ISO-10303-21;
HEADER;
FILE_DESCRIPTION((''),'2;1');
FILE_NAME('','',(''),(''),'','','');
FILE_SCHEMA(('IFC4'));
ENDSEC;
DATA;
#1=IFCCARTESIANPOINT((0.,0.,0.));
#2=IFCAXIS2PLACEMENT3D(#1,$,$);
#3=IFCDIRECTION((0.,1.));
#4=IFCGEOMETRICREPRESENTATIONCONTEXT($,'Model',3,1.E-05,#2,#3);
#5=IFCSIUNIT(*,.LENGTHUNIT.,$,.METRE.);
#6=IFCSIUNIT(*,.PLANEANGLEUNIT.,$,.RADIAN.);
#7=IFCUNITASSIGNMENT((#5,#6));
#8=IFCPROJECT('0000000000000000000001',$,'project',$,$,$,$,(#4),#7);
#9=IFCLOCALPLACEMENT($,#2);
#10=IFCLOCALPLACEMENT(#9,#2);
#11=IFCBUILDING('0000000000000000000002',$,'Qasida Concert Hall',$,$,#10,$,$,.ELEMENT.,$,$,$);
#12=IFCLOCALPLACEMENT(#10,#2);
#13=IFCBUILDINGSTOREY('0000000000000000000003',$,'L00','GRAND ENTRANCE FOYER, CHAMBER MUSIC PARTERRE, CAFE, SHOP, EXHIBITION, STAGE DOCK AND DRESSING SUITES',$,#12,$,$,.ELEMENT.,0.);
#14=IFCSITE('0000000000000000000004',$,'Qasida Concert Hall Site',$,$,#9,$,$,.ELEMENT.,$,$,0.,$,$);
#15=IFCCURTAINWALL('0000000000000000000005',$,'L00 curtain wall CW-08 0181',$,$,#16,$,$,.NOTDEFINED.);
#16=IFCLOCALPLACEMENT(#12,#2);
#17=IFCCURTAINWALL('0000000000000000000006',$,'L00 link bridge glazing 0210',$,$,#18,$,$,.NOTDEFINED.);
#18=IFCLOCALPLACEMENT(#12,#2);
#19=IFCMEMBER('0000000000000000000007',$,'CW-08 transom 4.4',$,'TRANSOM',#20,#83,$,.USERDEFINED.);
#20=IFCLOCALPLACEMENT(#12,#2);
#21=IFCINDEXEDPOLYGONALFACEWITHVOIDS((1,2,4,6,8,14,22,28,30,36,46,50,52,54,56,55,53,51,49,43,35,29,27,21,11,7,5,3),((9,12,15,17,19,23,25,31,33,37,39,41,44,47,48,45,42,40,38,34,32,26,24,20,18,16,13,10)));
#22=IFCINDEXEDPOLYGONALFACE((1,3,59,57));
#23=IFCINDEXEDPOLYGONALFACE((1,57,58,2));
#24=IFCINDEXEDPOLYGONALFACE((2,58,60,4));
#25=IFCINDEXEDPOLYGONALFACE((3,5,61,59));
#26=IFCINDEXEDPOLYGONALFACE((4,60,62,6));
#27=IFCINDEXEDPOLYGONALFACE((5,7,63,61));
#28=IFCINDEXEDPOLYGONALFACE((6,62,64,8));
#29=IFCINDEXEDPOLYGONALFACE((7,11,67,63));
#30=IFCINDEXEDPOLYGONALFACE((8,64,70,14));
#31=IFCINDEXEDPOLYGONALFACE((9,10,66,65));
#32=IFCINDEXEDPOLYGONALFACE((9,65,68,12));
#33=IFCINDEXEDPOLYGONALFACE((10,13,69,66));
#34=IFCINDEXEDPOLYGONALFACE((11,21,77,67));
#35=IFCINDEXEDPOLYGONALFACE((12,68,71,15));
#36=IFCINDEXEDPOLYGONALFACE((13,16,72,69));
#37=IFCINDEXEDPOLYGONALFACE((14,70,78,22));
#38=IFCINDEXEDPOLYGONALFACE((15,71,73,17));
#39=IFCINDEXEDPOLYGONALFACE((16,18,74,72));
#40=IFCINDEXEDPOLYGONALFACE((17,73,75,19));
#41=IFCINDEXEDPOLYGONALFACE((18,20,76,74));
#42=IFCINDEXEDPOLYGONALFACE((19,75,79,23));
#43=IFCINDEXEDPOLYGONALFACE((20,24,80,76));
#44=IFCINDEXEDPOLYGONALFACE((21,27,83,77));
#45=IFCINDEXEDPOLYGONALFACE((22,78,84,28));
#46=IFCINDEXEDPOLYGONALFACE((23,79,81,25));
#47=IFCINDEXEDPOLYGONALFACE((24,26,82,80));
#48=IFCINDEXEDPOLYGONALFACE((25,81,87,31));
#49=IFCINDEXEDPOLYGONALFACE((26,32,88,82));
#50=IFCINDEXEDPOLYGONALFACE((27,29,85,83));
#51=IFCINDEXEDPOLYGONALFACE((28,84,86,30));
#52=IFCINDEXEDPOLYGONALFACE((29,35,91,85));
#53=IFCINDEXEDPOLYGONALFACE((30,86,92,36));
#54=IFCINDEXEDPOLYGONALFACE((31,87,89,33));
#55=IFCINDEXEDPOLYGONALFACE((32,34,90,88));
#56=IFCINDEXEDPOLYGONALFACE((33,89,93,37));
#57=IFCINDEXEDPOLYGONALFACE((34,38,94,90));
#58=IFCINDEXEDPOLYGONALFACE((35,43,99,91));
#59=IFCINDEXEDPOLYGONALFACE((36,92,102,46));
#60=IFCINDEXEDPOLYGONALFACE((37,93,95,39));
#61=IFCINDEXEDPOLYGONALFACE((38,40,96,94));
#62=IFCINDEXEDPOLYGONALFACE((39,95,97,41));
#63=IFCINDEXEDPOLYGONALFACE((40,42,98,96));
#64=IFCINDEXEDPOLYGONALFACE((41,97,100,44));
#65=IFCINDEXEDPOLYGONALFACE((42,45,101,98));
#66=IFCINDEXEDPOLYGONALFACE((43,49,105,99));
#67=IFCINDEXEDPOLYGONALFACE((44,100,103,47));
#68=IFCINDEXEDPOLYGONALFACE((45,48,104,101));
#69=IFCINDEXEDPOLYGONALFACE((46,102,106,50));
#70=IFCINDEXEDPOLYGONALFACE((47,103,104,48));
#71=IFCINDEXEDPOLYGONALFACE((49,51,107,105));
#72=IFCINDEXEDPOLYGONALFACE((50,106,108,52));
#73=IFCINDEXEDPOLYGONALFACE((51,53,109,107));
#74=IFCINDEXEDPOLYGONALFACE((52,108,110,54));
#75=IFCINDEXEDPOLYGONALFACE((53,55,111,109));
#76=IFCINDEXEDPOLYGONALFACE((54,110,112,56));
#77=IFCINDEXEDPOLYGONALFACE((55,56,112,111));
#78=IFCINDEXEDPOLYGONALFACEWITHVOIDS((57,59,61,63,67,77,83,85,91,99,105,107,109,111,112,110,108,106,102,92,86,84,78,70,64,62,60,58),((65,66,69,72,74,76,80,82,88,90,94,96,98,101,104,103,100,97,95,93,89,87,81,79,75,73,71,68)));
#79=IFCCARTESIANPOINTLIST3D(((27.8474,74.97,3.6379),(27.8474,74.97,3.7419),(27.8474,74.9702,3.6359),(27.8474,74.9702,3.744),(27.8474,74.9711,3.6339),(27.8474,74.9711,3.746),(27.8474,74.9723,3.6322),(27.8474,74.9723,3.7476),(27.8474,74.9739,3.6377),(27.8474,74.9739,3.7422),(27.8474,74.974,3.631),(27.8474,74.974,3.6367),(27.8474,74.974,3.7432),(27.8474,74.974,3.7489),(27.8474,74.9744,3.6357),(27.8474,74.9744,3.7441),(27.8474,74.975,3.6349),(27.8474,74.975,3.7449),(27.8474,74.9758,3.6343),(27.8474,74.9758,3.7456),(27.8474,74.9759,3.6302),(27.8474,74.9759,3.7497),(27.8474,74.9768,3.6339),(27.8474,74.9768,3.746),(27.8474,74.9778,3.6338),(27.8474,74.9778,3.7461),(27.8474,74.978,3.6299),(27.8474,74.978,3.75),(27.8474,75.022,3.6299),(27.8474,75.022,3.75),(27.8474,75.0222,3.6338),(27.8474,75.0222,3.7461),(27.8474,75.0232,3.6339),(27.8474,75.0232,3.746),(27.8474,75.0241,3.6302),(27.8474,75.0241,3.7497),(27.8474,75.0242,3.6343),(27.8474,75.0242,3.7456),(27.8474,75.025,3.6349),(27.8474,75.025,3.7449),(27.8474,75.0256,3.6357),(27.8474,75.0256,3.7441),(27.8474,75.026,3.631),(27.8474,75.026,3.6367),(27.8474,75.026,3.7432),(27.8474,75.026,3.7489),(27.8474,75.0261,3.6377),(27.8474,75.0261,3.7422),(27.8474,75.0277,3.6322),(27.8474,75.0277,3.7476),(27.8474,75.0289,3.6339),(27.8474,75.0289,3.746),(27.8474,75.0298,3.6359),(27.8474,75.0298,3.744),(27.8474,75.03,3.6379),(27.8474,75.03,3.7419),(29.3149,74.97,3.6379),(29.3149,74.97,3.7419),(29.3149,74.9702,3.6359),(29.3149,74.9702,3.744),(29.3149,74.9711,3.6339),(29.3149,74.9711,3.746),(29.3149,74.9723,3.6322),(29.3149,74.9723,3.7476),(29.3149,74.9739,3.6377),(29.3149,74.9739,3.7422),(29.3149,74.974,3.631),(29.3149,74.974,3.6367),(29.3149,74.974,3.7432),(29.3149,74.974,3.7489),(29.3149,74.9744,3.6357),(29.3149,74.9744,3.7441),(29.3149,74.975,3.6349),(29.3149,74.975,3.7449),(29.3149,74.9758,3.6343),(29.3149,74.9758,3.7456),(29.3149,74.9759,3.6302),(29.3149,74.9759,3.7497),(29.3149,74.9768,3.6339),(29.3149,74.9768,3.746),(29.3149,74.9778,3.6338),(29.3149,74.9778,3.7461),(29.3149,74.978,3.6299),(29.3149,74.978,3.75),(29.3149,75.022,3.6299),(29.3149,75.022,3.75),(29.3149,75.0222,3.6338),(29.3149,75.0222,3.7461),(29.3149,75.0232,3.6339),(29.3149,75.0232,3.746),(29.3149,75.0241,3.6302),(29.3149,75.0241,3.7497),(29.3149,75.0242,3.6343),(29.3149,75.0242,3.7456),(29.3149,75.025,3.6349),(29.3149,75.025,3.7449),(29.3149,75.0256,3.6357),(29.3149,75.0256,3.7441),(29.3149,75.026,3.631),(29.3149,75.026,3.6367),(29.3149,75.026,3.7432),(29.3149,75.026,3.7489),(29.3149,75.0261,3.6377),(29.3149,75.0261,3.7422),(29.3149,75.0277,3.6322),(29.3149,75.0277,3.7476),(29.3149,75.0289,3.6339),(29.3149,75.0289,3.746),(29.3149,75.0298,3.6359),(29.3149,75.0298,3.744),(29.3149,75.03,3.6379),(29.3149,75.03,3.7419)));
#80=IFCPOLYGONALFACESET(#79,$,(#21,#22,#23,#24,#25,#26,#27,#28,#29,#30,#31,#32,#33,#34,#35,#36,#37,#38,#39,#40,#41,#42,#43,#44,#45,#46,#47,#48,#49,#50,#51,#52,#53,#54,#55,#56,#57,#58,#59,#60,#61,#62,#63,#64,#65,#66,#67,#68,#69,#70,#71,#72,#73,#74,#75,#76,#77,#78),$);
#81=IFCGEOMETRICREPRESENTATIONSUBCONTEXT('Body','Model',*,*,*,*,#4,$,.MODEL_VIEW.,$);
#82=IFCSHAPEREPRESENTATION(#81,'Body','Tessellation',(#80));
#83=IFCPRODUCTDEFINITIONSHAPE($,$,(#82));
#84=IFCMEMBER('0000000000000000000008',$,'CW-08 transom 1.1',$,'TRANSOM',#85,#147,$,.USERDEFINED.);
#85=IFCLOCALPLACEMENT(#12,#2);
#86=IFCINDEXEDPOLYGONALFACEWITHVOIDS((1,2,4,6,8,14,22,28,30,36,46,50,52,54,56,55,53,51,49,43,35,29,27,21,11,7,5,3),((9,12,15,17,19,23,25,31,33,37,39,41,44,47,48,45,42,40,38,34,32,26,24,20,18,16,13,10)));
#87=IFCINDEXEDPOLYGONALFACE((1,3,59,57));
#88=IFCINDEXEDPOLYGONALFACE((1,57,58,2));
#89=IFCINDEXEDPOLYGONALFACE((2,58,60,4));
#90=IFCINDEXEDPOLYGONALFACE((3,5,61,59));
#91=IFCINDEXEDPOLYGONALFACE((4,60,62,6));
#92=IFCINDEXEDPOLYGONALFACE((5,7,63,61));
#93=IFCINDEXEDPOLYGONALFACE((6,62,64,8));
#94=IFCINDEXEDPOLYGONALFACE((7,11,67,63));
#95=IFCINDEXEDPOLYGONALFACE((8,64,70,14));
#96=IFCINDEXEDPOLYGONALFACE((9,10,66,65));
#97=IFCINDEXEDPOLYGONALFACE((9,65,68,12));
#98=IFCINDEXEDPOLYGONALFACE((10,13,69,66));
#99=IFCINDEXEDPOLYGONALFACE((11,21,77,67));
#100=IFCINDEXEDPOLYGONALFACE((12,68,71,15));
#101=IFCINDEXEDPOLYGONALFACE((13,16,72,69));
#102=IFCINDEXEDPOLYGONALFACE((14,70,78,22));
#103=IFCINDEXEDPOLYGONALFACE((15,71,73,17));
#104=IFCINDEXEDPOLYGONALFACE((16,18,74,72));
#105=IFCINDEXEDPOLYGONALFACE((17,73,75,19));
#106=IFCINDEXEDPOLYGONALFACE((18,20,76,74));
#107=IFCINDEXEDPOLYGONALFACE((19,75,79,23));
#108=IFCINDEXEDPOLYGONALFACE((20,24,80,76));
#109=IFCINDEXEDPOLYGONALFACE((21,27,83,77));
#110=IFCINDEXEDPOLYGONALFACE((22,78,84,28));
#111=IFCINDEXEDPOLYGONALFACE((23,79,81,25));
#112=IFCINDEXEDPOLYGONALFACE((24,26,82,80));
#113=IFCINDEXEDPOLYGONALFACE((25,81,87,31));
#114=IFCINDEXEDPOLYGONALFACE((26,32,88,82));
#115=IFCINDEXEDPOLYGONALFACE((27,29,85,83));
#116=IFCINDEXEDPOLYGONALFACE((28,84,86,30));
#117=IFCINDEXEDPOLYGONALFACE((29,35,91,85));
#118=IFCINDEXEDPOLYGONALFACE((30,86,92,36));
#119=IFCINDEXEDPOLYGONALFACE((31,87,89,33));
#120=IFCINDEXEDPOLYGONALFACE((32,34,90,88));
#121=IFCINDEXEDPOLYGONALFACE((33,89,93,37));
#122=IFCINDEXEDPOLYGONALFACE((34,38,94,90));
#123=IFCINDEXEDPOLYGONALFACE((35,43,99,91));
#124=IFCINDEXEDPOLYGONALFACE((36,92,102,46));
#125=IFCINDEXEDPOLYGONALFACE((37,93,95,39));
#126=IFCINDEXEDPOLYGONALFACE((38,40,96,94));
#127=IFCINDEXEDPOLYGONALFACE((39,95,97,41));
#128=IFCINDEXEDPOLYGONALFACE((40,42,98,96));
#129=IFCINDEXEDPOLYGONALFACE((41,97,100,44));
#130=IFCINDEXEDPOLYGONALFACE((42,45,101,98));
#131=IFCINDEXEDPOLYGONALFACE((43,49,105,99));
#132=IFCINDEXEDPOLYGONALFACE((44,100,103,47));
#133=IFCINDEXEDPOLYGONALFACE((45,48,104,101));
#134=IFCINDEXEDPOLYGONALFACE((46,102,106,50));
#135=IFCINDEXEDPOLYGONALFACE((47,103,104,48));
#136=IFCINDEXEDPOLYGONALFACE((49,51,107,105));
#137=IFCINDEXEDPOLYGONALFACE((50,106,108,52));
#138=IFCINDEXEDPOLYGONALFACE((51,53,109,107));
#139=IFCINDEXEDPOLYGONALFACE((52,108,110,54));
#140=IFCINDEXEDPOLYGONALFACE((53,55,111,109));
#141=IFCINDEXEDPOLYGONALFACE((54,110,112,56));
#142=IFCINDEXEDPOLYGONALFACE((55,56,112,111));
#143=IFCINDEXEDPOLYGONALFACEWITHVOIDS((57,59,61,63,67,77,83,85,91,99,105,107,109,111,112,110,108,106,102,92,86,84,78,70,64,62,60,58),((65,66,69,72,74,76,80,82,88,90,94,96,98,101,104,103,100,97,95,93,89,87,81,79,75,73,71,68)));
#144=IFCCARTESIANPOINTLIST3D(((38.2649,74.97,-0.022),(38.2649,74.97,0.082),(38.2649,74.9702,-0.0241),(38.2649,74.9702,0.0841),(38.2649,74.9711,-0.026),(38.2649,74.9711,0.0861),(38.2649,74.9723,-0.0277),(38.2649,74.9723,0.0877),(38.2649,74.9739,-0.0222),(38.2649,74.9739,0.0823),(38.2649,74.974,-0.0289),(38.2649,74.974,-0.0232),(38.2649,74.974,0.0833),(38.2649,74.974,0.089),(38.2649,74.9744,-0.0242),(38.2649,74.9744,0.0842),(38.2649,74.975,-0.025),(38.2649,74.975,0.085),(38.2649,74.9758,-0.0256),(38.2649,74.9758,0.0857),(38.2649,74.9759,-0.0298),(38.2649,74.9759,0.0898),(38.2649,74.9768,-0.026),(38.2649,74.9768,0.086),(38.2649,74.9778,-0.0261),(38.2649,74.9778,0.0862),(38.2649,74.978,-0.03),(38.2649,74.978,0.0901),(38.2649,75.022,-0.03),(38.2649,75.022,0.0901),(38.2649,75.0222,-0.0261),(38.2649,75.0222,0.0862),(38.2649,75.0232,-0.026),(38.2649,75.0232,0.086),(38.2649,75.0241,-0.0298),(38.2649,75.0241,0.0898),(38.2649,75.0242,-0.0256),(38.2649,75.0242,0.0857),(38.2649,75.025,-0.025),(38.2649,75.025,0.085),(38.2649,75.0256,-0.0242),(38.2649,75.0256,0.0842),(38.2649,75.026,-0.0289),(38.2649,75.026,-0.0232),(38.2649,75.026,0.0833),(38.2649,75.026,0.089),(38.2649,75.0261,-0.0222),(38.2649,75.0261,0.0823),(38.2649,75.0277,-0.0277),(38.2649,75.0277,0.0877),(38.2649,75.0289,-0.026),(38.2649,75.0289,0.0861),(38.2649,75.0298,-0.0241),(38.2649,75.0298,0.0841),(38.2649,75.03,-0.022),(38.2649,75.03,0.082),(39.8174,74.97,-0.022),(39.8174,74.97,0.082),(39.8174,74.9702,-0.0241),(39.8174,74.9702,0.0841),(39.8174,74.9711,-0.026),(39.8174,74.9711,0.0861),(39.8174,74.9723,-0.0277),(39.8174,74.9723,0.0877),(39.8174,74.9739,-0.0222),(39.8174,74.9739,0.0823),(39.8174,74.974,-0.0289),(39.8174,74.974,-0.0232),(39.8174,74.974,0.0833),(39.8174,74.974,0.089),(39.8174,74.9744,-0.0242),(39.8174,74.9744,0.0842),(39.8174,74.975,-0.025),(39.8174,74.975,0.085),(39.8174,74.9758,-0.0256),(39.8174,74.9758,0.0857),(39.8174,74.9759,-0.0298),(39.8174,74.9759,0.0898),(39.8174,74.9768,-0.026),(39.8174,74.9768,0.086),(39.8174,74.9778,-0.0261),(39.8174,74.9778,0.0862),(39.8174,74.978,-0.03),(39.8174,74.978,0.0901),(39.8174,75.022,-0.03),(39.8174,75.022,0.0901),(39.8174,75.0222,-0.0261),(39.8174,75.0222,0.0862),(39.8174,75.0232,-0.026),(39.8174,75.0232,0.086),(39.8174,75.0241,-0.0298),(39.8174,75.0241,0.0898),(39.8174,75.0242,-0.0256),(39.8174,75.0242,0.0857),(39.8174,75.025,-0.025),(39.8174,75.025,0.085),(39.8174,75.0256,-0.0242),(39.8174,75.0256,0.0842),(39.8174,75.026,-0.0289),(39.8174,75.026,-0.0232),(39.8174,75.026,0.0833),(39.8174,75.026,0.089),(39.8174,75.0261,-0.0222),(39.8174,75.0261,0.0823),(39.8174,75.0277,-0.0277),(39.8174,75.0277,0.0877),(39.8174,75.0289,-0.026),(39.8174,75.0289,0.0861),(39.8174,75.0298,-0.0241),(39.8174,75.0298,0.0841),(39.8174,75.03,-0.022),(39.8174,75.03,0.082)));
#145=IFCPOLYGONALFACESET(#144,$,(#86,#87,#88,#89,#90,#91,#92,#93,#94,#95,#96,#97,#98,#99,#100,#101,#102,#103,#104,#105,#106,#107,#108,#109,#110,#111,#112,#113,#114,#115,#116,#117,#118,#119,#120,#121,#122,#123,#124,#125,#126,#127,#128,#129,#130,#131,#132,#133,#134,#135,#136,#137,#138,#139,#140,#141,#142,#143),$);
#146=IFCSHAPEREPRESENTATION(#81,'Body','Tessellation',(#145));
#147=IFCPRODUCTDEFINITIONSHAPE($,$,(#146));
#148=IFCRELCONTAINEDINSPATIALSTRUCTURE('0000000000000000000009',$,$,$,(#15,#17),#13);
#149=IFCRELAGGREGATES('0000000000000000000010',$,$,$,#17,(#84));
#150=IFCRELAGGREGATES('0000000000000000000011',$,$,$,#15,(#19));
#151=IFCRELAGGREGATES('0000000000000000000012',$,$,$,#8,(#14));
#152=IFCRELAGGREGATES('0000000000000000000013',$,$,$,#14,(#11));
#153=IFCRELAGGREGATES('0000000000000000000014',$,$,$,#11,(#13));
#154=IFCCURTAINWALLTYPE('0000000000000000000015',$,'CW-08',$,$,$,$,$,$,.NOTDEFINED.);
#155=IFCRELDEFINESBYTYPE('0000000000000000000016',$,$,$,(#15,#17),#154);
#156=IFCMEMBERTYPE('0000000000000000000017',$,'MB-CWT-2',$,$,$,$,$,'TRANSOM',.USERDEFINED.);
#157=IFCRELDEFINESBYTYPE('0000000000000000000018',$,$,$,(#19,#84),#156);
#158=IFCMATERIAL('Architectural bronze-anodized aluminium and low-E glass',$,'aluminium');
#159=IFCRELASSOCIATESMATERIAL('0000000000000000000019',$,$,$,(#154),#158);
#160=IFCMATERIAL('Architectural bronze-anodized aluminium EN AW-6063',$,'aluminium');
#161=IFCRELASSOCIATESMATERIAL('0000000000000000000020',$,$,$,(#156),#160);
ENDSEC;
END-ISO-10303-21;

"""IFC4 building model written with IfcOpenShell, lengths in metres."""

from ifc_helpers import new_model, si_unit, direction, frame, origin, origin_2d, place, context, subcontext, project, spatial, hollow_rectangle, extrude, material, material_profile, profile_set, type_object, element, aggregate, save


model = new_model("IFC4")

# Units and contexts
model_context = context("Model", 3, precision=1e-05, world=origin(), true_north=direction((0.0, 1.0)))
body_context = subcontext(model_context, "Body", "Model", "MODEL_VIEW")
ifc_project = project(units=[si_unit("LENGTHUNIT", "METRE"), si_unit("PLANEANGLEUNIT", "RADIAN")], contexts=[model_context])

# Site, building, storey
site_placement = place(None, origin())
site = spatial("IfcSite", under=ifc_project, at=site_placement, Name="Qasida Concert Hall Site", CompositionType="ELEMENT", RefElevation=0.0)
building_placement = place(site_placement, origin())
building = spatial("IfcBuilding", under=site, at=building_placement, Name="Qasida Concert Hall", CompositionType="ELEMENT")
storey_placement = place(building_placement, origin())
storey = spatial("IfcBuildingStorey", under=building, at=storey_placement, Name="L00", Description="GRAND ENTRANCE FOYER, CHAMBER MUSIC PARTERRE, CAFE, SHOP, EXHIBITION, STAGE DOCK AND DRESSING SUITES", CompositionType="ELEMENT", Elevation=0.0)

# Curtain wall
ifc_material_1 = material(Name="Architectural bronze-anodized aluminium and low-E glass", Category="aluminium")
curtain_wall_type = type_object("IfcCurtainWallType", Name="CW-08", PredefinedType="NOTDEFINED", material=ifc_material_1)
curtain_wall_1_placement = place(storey_placement, origin())
curtain_wall_1 = element("IfcCurtainWall", 1, at=curtain_wall_1_placement, inside=storey, type_object=curtain_wall_type, Name="L00 curtain wall CW-08 0181", PredefinedType="NOTDEFINED")
ifc_material_2 = material(Name="Architectural bronze-anodized aluminium EN AW-6063", Category="aluminium")

# Curtain wall
curtain_wall_2_placement = place(storey_placement, origin())
curtain_wall_2 = element("IfcCurtainWall", 2, at=curtain_wall_2_placement, inside=storey, type_object=curtain_wall_type, Name="L00 link bridge glazing 0210", PredefinedType="NOTDEFINED")

# Members
ifc_material_profile_1 = material_profile(ifc_material_2, hollow_rectangle(XDim=0.0601, YDim=0.1201, WallThickness=0.0039, InnerFilletRadius=0.0039, OuterFilletRadius=0.0081, at=origin_2d()), Name="CWT 120x60x4")
ifc_profile_set_1 = profile_set([ifc_material_profile_1], Name="Architectural bronze-anodized aluminium EN AW-6063")
member_type_1 = type_object("IfcMemberType", Name="MB-CWT-2", ElementType="TRANSOM", PredefinedType="USERDEFINED", material=ifc_profile_set_1)
member_1_placement = place(storey_placement, frame((27.8474, 75.0, 3.6899), z_axis=(1.0, 0.0, 0.0), x_axis=(0.0, 1.0, 0.0)))
member_1 = element("IfcMember", 3, at=member_1_placement, type_object=member_type_1, Name="CW-08 transom 4.4", ObjectType="TRANSOM", PredefinedType="USERDEFINED", context=body_context, shape_type="SweptSolid", body=[
    extrude(hollow_rectangle(XDim=0.0601, YDim=0.1201, WallThickness=0.0039, InnerFilletRadius=0.0039, OuterFilletRadius=0.0081, at=origin_2d()), origin(), (0.0, 0.0, 1.0), 1.4675),
])
member_2_placement = place(storey_placement, frame((38.2649, 75.0, 0.03), z_axis=(1.0, 0.0, 0.0), x_axis=(0.0, 1.0, 0.0)))
member_2 = element("IfcMember", 4, at=member_2_placement, type_object=member_type_1, Name="CW-08 transom 1.1", ObjectType="TRANSOM", PredefinedType="USERDEFINED", context=body_context, shape_type="SweptSolid", body=[
    extrude(hollow_rectangle(XDim=0.0601, YDim=0.1201, WallThickness=0.0039, InnerFilletRadius=0.0039, OuterFilletRadius=0.0081, at=origin_2d()), origin(), (0.0, 0.0, 1.0), 1.5525),
])
aggregate(curtain_wall_2, [member_2])

aggregate(curtain_wall_1, [member_1])

save(model, "model.ifc")
